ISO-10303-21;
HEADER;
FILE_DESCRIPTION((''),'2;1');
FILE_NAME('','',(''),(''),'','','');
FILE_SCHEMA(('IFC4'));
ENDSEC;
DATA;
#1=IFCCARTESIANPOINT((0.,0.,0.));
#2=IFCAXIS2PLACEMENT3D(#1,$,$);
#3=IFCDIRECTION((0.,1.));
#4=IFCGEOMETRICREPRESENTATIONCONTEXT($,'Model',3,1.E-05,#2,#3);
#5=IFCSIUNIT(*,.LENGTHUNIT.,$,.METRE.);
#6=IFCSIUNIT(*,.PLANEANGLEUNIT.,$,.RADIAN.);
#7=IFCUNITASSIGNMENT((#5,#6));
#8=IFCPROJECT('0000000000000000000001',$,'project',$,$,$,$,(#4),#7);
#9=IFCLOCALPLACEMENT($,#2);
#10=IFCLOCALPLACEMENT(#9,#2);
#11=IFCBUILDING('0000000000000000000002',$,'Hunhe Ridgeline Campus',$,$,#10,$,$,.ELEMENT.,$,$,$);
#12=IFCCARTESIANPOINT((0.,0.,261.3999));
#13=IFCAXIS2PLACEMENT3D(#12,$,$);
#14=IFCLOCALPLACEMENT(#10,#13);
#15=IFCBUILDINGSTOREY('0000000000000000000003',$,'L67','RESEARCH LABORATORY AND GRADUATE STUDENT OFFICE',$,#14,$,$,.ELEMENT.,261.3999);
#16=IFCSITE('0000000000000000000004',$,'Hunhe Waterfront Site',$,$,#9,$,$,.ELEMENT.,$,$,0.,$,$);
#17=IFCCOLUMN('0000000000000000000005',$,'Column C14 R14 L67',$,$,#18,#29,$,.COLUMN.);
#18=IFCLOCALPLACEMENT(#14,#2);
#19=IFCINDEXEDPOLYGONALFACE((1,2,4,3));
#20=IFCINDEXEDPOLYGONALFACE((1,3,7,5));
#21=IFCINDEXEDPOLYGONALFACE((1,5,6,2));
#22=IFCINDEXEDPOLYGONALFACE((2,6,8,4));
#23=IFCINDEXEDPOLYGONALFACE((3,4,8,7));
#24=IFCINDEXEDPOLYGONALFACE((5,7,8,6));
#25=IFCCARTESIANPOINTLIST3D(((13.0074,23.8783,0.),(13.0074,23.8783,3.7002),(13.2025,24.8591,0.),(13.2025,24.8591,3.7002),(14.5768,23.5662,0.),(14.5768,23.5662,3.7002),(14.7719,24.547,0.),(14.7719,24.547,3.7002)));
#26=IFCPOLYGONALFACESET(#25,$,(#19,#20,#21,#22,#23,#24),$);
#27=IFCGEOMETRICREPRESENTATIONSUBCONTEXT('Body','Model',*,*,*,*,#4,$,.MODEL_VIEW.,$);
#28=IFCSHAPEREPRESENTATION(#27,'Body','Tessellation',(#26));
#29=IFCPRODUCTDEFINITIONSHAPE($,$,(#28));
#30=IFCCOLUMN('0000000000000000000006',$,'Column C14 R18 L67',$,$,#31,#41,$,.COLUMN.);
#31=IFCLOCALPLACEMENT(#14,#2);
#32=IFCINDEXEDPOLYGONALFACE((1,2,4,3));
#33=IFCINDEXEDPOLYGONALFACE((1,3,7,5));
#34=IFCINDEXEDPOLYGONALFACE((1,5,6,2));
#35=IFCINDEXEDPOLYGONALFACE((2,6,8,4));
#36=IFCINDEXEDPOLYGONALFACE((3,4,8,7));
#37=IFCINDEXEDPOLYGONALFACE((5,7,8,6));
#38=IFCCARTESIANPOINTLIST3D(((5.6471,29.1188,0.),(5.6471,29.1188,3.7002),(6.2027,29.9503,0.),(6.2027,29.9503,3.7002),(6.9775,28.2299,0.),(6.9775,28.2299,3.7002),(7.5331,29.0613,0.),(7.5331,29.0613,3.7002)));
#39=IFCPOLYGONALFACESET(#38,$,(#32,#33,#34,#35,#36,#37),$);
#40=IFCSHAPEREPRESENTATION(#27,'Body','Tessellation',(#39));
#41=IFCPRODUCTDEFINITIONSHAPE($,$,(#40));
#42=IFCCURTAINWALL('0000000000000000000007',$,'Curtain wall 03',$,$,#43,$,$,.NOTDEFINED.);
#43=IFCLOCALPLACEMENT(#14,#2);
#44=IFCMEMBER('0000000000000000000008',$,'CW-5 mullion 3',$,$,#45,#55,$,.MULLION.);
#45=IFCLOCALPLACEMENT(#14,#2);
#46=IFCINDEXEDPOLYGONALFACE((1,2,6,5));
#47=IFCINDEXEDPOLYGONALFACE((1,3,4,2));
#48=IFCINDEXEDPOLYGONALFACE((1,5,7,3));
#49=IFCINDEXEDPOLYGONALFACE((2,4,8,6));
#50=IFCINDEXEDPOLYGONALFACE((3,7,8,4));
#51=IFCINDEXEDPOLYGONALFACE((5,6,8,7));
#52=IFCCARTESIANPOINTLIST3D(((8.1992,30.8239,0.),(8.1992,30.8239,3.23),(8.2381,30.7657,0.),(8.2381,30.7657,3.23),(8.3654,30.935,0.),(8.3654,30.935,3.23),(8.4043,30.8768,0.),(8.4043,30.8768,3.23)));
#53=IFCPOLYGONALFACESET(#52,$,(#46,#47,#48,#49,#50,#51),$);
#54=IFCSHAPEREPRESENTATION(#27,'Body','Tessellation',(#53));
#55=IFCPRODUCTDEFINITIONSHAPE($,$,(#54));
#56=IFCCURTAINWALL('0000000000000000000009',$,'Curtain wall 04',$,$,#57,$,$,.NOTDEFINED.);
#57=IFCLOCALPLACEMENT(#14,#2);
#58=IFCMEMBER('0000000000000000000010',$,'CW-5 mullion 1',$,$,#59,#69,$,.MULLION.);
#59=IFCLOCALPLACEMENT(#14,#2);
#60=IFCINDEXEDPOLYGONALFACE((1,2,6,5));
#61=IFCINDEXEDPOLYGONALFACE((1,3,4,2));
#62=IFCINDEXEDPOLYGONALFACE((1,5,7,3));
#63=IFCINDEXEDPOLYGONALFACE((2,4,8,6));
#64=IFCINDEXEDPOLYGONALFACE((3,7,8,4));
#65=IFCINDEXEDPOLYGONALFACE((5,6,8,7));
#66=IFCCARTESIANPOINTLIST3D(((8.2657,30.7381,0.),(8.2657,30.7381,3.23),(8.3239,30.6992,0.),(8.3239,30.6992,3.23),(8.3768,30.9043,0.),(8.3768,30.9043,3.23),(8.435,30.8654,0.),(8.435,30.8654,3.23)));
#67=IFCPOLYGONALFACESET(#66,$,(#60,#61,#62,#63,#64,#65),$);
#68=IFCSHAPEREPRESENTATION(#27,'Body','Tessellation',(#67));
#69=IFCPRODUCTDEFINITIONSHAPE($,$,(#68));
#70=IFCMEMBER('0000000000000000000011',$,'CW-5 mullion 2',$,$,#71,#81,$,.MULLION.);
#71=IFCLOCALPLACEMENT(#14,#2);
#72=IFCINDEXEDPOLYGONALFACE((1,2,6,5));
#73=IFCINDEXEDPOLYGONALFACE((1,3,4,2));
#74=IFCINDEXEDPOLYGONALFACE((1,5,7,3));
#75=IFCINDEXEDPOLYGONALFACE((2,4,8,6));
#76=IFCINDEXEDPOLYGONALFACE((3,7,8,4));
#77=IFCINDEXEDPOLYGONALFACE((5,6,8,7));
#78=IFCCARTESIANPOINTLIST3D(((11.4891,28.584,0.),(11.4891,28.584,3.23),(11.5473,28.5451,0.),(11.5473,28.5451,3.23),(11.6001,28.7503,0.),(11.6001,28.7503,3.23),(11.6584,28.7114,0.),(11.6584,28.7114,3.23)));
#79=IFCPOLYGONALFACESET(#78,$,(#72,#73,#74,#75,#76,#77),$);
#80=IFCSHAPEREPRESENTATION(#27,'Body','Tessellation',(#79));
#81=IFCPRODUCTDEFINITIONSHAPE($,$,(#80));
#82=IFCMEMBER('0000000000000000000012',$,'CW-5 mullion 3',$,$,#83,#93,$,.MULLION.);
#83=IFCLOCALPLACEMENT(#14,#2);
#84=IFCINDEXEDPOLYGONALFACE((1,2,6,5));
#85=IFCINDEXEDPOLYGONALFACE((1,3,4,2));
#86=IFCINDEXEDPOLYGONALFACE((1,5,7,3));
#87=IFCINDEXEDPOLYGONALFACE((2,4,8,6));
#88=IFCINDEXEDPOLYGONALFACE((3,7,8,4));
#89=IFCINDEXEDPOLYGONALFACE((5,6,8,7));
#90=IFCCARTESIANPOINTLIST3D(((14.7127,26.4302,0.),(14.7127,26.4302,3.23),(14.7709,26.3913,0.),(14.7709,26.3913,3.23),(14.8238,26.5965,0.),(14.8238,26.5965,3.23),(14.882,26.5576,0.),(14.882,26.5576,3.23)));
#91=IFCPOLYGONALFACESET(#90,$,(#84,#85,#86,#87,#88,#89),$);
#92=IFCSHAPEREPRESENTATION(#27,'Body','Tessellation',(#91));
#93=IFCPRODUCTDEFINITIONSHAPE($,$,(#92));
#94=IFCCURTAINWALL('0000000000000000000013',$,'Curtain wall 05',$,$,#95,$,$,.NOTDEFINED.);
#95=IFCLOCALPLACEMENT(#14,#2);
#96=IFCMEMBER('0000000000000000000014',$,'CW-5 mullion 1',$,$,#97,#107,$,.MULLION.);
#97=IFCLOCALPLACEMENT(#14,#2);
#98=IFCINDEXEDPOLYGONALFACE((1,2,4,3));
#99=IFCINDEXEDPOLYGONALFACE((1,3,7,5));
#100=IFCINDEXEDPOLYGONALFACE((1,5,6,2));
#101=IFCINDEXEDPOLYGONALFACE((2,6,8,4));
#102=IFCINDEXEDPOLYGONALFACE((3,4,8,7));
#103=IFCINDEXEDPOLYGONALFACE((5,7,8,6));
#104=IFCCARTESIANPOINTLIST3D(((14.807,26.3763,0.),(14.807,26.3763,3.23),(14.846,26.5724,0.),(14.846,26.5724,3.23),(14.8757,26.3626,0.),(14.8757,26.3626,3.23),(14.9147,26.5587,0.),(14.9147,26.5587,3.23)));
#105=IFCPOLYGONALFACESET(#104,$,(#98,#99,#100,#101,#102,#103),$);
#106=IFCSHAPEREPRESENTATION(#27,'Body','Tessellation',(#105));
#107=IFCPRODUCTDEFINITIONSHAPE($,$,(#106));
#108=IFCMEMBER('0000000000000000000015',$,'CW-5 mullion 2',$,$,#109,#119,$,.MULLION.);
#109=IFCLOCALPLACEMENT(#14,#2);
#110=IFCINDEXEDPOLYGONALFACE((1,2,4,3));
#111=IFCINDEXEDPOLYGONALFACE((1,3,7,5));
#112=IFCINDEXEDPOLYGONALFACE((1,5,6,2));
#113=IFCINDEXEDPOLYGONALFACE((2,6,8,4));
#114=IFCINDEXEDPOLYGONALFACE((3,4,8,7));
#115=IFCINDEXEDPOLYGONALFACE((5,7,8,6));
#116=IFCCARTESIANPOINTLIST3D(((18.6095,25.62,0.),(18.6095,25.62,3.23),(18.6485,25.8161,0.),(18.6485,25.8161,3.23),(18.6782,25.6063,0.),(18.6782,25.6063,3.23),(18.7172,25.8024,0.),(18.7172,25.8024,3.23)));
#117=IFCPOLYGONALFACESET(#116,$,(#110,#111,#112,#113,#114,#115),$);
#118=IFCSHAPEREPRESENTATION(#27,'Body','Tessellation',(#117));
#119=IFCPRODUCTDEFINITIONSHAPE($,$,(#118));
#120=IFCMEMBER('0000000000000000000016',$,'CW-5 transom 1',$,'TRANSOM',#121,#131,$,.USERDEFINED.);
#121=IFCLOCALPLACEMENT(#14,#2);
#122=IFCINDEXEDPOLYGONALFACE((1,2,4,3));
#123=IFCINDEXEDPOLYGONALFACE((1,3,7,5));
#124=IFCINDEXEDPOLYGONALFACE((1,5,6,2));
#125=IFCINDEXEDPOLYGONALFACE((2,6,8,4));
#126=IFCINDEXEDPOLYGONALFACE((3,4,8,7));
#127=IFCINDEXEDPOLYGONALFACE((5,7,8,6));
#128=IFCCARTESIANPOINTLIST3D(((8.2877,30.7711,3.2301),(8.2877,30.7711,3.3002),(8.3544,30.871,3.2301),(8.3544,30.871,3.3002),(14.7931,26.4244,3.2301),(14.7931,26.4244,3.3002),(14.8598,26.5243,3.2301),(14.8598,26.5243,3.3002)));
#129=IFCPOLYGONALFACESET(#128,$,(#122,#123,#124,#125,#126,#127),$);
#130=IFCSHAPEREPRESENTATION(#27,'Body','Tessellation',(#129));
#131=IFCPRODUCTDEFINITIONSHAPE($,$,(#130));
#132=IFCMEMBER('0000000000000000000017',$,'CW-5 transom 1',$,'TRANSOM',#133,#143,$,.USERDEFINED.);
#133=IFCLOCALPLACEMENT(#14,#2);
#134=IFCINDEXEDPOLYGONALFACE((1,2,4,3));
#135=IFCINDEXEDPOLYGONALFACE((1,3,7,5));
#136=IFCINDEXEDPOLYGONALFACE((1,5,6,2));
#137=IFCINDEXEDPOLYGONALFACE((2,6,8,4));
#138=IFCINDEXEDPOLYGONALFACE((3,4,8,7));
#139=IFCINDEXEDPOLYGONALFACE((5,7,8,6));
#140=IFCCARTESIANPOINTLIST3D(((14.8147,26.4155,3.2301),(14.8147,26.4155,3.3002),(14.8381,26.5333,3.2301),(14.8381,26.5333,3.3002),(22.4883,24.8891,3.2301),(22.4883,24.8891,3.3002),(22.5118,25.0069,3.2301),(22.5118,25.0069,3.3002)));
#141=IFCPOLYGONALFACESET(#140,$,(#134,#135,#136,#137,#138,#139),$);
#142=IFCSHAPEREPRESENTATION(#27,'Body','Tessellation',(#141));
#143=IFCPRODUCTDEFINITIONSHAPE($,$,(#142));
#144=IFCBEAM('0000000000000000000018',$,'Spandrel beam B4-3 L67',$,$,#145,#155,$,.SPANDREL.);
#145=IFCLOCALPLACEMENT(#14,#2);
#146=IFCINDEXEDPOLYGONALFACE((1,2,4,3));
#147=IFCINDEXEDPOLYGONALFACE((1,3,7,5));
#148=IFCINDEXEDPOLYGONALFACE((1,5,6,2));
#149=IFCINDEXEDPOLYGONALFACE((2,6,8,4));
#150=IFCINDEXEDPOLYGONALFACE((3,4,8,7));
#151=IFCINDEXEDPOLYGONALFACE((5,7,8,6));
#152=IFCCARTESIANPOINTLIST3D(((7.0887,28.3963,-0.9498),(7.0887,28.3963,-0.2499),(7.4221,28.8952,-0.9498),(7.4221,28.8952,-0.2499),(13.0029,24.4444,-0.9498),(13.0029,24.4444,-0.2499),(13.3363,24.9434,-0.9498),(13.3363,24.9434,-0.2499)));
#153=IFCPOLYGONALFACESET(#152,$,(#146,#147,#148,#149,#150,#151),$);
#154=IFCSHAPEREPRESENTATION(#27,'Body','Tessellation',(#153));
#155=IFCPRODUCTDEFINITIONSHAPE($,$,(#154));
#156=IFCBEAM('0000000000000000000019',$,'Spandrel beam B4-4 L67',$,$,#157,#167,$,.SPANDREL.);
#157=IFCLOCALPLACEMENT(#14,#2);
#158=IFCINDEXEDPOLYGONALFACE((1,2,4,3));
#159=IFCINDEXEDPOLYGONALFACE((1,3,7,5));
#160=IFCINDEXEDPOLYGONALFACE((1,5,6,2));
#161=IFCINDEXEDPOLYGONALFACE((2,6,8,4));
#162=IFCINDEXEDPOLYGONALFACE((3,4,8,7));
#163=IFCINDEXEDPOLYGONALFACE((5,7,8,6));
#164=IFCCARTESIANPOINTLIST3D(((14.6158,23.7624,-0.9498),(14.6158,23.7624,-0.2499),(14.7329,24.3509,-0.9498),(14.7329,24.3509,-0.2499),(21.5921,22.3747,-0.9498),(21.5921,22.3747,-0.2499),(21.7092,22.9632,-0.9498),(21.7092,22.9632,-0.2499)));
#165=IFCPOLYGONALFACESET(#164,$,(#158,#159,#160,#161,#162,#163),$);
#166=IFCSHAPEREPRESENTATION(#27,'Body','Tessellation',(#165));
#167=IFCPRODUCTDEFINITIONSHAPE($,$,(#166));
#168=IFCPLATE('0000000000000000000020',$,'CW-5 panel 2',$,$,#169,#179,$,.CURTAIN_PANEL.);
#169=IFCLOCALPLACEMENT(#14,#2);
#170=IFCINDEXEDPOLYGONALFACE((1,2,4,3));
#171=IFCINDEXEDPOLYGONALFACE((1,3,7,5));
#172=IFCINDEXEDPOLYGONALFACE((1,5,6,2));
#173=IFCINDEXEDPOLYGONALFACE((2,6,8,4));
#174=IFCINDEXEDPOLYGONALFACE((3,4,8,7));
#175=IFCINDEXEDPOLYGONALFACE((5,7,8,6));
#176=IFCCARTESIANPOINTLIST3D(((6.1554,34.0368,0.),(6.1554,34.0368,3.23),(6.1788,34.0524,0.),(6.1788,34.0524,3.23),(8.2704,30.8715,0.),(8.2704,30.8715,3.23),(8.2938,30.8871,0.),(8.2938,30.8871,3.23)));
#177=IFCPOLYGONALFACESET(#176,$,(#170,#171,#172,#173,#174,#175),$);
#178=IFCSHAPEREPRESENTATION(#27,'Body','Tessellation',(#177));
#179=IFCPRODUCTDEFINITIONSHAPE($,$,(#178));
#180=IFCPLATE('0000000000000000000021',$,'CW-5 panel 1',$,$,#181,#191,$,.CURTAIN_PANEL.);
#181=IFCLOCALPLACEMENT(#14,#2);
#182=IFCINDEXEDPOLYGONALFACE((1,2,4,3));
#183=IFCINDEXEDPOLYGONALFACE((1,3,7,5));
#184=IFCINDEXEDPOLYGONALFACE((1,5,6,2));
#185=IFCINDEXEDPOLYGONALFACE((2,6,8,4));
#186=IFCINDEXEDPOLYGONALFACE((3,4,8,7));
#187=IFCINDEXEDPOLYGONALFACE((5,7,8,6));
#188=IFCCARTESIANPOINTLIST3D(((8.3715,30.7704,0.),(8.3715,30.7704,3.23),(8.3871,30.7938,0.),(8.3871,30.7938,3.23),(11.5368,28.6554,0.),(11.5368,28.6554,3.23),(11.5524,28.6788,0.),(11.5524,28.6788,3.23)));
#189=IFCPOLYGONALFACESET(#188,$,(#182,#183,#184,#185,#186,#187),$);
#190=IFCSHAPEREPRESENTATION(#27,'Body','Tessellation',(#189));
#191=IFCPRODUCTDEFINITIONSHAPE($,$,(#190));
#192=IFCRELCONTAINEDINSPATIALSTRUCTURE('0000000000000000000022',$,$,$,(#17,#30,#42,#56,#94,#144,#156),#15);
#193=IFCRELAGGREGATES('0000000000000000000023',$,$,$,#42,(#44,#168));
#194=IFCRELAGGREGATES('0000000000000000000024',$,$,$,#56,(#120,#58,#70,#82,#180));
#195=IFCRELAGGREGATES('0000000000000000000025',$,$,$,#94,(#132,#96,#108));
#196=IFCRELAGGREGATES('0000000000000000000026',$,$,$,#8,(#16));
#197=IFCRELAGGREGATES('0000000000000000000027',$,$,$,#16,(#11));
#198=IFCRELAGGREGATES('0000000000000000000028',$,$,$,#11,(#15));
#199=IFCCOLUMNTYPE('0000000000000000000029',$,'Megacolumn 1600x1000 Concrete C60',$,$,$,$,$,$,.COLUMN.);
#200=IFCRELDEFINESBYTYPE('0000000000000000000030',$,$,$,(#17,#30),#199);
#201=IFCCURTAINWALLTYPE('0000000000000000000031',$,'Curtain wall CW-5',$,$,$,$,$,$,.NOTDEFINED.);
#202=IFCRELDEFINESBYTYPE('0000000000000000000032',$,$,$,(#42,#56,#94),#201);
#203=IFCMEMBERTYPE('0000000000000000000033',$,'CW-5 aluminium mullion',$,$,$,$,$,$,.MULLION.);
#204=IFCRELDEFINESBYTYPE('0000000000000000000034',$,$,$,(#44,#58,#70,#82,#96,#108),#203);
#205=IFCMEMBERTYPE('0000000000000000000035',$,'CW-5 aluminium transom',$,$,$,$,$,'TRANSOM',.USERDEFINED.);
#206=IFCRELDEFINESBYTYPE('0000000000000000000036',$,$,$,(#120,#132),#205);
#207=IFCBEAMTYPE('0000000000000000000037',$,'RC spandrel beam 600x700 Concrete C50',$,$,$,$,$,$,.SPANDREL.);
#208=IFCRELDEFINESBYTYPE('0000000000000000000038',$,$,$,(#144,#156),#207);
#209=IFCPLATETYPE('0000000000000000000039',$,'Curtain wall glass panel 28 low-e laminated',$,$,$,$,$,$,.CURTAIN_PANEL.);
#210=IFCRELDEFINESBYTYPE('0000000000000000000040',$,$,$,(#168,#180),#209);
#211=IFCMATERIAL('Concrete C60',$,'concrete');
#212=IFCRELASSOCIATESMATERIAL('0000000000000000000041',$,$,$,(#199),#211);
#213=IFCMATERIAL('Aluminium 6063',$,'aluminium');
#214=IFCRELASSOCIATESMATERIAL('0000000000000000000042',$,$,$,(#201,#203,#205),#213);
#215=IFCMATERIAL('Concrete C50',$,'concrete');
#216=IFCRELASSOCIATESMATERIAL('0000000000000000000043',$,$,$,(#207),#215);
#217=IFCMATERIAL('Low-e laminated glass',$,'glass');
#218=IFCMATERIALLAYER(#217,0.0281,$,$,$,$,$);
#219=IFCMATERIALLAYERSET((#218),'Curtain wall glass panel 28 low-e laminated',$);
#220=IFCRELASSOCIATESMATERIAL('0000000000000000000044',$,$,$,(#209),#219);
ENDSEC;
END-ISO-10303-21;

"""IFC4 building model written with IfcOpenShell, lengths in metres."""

from ifc_helpers import new_model, si_unit, direction, frame, origin, origin_2d, place, context, subcontext, project, spatial, rectangle, extrude, material, layer, layer_set, material_profile, profile_set, type_object, element, aggregate, save


model = new_model("IFC4")

# Units and contexts
model_context = context("Model", 3, precision=1e-05, world=origin(), true_north=direction((0.0, 1.0)))
body_context = subcontext(model_context, "Body", "Model", "MODEL_VIEW")
ifc_project = project(units=[si_unit("LENGTHUNIT", "METRE"), si_unit("PLANEANGLEUNIT", "RADIAN")], contexts=[model_context])

# Site, building, storey
site_placement = place(None, origin())
site = spatial("IfcSite", under=ifc_project, at=site_placement, Name="Hunhe Waterfront Site", CompositionType="ELEMENT", RefElevation=0.0)
building_placement = place(site_placement, origin())
building = spatial("IfcBuilding", under=site, at=building_placement, Name="Hunhe Ridgeline Campus", CompositionType="ELEMENT")
storey_placement = place(building_placement, frame((0.0, 0.0, 261.3999)))
storey = spatial("IfcBuildingStorey", under=building, at=storey_placement, Name="L67", Description="RESEARCH LABORATORY AND GRADUATE STUDENT OFFICE", CompositionType="ELEMENT", Elevation=261.3999)

# Columns
ifc_material_1 = material(Name="Concrete C60", Category="concrete")
ifc_material_profile_1 = material_profile(ifc_material_1, rectangle(XDim=1.6001, YDim=1.0, at=origin_2d()))
ifc_profile_set_1 = profile_set([ifc_material_profile_1], Name="Concrete C60")
column_type = type_object("IfcColumnType", Name="Megacolumn 1600x1000 Concrete C60", PredefinedType="COLUMN", material=ifc_profile_set_1)
for number, where, z_axis, x_axis, name in (
    (1, (13.8896, 24.2126, 0.0), (0.0, 0.0, 1.0), (-0.980785, 0.19509, 0.0), "Column C14 R14 L67"),
    (2, (6.5901, 29.0901, 0.0), (0.0, 0.0, 1.0), (-0.83147, 0.55557, 0.0), "Column C14 R18 L67"),
):
    element("IfcColumn", number, at=place(storey_placement, frame(where, z_axis=z_axis, x_axis=x_axis)), inside=storey, type_object=column_type, Name=name, PredefinedType="COLUMN", context=body_context, shape_type="SweptSolid", body=[
        extrude(rectangle(XDim=1.6001, YDim=1.0, at=origin_2d()), origin(), (0.0, 0.0, 1.0), 3.7002),
    ])

# Curtain wall, member
ifc_material_2 = material(Name="Aluminium 6063", Category="aluminium")
curtain_wall_type = type_object("IfcCurtainWallType", Name="Curtain wall CW-5", PredefinedType="NOTDEFINED", material=ifc_material_2)
curtain_wall_1_placement = place(storey_placement, origin())
curtain_wall_1 = element("IfcCurtainWall", 3, at=curtain_wall_1_placement, inside=storey, type_object=curtain_wall_type, Name="Curtain wall 03", PredefinedType="NOTDEFINED")
ifc_material_profile_2 = material_profile(ifc_material_2, rectangle(XDim=0.2, YDim=0.0701, at=origin_2d()))
ifc_profile_set_2 = profile_set([ifc_material_profile_2], Name="Aluminium 6063")
member_type_1 = type_object("IfcMemberType", Name="CW-5 aluminium mullion", PredefinedType="MULLION", material=ifc_profile_set_2)
member_1_placement = place(storey_placement, frame((8.3018, 30.8503, 0.0), z_axis=(0.0, 0.0, 1.0), x_axis=(0.83147, 0.55557, 0.0)))
member_1 = element("IfcMember", 4, at=member_1_placement, type_object=member_type_1, Name="CW-5 mullion 3", PredefinedType="MULLION", context=body_context, shape_type="SweptSolid", body=[
    extrude(rectangle(XDim=0.2, YDim=0.0701, at=origin_2d()), origin(), (0.0, 0.0, 1.0), 3.23),
])

# Curtain walls, members
curtain_wall_2_placement = place(storey_placement, origin())
curtain_wall_2 = element("IfcCurtainWall", 5, at=curtain_wall_2_placement, inside=storey, type_object=curtain_wall_type, Name="Curtain wall 04", PredefinedType="NOTDEFINED")
member_2_placement = place(storey_placement, frame((8.3503, 30.8018, 0.0), z_axis=(0.0, 0.0, 1.0), x_axis=(0.55557, 0.83147, 0.0)))
member_2 = element("IfcMember", 6, at=member_2_placement, type_object=member_type_1, Name="CW-5 mullion 1", PredefinedType="MULLION", context=body_context, shape_type="SweptSolid", body=[
    extrude(rectangle(XDim=0.2, YDim=0.0701, at=origin_2d()), origin(), (0.0, 0.0, 1.0), 3.23),
])
member_3_placement = place(storey_placement, frame((11.5737, 28.6477, 0.0), z_axis=(0.0, 0.0, 1.0), x_axis=(0.55557, 0.83147, 0.0)))
member_3 = element("IfcMember", 7, at=member_3_placement, type_object=member_type_1, Name="CW-5 mullion 2", PredefinedType="MULLION", context=body_context, shape_type="SweptSolid", body=[
    extrude(rectangle(XDim=0.2, YDim=0.0701, at=origin_2d()), origin(), (0.0, 0.0, 1.0), 3.23),
])
member_4_placement = place(storey_placement, frame((14.7974, 26.4939, 0.0), z_axis=(0.0, 0.0, 1.0), x_axis=(0.55557, 0.83147, 0.0)))
member_4 = element("IfcMember", 8, at=member_4_placement, type_object=member_type_1, Name="CW-5 mullion 3", PredefinedType="MULLION", context=body_context, shape_type="SweptSolid", body=[
    extrude(rectangle(XDim=0.2, YDim=0.0701, at=origin_2d()), origin(), (0.0, 0.0, 1.0), 3.23),
])
curtain_wall_3_placement = place(storey_placement, origin())
curtain_wall_3 = element("IfcCurtainWall", 9, at=curtain_wall_3_placement, inside=storey, type_object=curtain_wall_type, Name="Curtain wall 05", PredefinedType="NOTDEFINED")
member_5_placement = place(storey_placement, frame((14.8608, 26.4675, 0.0), z_axis=(0.0, 0.0, 1.0), x_axis=(0.19509, 0.980785, 0.0)))
member_5 = element("IfcMember", 10, at=member_5_placement, type_object=member_type_1, Name="CW-5 mullion 1", PredefinedType="MULLION", context=body_context, shape_type="SweptSolid", body=[
    extrude(rectangle(XDim=0.2, YDim=0.0701, at=origin_2d()), origin(), (0.0, 0.0, 1.0), 3.23),
])
member_6_placement = place(storey_placement, frame((18.6633, 25.7112, 0.0), z_axis=(0.0, 0.0, 1.0), x_axis=(0.19509, 0.980785, 0.0)))
member_6 = element("IfcMember", 11, at=member_6_placement, type_object=member_type_1, Name="CW-5 mullion 2", PredefinedType="MULLION", context=body_context, shape_type="SweptSolid", body=[
    extrude(rectangle(XDim=0.2, YDim=0.0701, at=origin_2d()), origin(), (0.0, 0.0, 1.0), 3.23),
])

# Members
ifc_material_profile_3 = material_profile(ifc_material_2, rectangle(XDim=0.1201, YDim=0.0701, at=origin_2d()))
ifc_profile_set_3 = profile_set([ifc_material_profile_3], Name="Aluminium 6063")
member_type_2 = type_object("IfcMemberType", Name="CW-5 aluminium transom", ElementType="TRANSOM", PredefinedType="USERDEFINED", material=ifc_profile_set_3)
member_7_placement = place(storey_placement, frame((8.321, 30.821, 3.2651), z_axis=(0.831474, -0.555564, 0.0), x_axis=(0.555564, 0.831474, 0.0)))
member_7 = element("IfcMember", 12, at=member_7_placement, type_object=member_type_2, Name="CW-5 transom 1", ObjectType="TRANSOM", PredefinedType="USERDEFINED", context=body_context, shape_type="SweptSolid", body=[
    extrude(rectangle(XDim=0.1201, YDim=0.0701, at=origin_2d()), origin(), (0.0, 0.0, 1.0), 7.824),
])
member_8_placement = place(storey_placement, frame((14.8264, 26.4744, 3.2651), z_axis=(0.980785, -0.19509, 0.0), x_axis=(0.19509, 0.980785, 0.0)))
member_8 = element("IfcMember", 13, at=member_8_placement, type_object=member_type_2, Name="CW-5 transom 1", ObjectType="TRANSOM", PredefinedType="USERDEFINED", context=body_context, shape_type="SweptSolid", body=[
    extrude(rectangle(XDim=0.1201, YDim=0.0701, at=origin_2d()), origin(), (0.0, 0.0, 1.0), 7.824),
])

# Beams
ifc_material_3 = material(Name="Concrete C50", Category="concrete")
ifc_material_profile_4 = material_profile(ifc_material_3, rectangle(XDim=0.6001, YDim=0.7, at=origin_2d()))
ifc_profile_set_4 = profile_set([ifc_material_profile_4], Name="Concrete C50")
beam_type = type_object("IfcBeamType", Name="RC spandrel beam 600x700 Concrete C50", PredefinedType="SPANDREL", material=ifc_profile_set_4)
for number, where, z_axis, x_axis, name in (
    (14, (7.2554, 28.6458, -0.5999), (0.831464, -0.555579, 0.0), (0.555579, 0.831464, 0.0), "Spandrel beam B4-3 L67"),
    (15, (14.6743, 24.0566, -0.5999), (0.980785, -0.195093, 0.0), (0.195093, 0.980785, 0.0), "Spandrel beam B4-4 L67"),
):
    element("IfcBeam", number, at=place(storey_placement, frame(where, z_axis=z_axis, x_axis=x_axis)), inside=storey, type_object=beam_type, Name=name, PredefinedType="SPANDREL", context=body_context, shape_type="SweptSolid", body=[
        extrude(rectangle(XDim=0.6001, YDim=0.7, at=origin_2d()), origin(), (0.0, 0.0, 1.0), 7.113),
    ])

# Plates
ifc_material_4 = material(Name="Low-e laminated glass", Category="glass")
ifc_layer_1 = layer(ifc_material_4, 0.0281)
ifc_layer_set_1 = layer_set([ifc_layer_1], Name="Curtain wall glass panel 28 low-e laminated")
plate_type = type_object("IfcPlateType", Name="Curtain wall glass panel 28 low-e laminated", PredefinedType="CURTAIN_PANEL", material=ifc_layer_set_1)
plate_1_placement = place(storey_placement, frame((7.2246, 32.4619, 0.0), z_axis=(0.0, 0.0, 1.0), x_axis=(0.55557, -0.83147, 0.0)))
plate_1 = element("IfcPlate", 16, at=plate_1_placement, type_object=plate_type, Name="CW-5 panel 2", PredefinedType="CURTAIN_PANEL", context=body_context, shape_type="SweptSolid", body=[
    extrude(rectangle(XDim=3.8069, YDim=0.0281, at=origin_2d()), origin(), (0.0, 0.0, 1.0), 3.23),
])
aggregate(curtain_wall_1, [member_1, plate_1])
plate_2_placement = place(storey_placement, frame((9.9619, 29.7246, 0.0), z_axis=(0.0, 0.0, 1.0), x_axis=(0.83147, -0.55557, 0.0)))
plate_2 = element("IfcPlate", 17, at=plate_2_placement, type_object=plate_type, Name="CW-5 panel 1", PredefinedType="CURTAIN_PANEL", context=body_context, shape_type="SweptSolid", body=[
    extrude(rectangle(XDim=3.8069, YDim=0.0281, at=origin_2d()), origin(), (0.0, 0.0, 1.0), 3.23),
])
aggregate(curtain_wall_2, [member_7, member_2, member_3, member_4, plate_2])
aggregate(curtain_wall_3, [member_8, member_5, member_6])

save(model, "model.ifc")
